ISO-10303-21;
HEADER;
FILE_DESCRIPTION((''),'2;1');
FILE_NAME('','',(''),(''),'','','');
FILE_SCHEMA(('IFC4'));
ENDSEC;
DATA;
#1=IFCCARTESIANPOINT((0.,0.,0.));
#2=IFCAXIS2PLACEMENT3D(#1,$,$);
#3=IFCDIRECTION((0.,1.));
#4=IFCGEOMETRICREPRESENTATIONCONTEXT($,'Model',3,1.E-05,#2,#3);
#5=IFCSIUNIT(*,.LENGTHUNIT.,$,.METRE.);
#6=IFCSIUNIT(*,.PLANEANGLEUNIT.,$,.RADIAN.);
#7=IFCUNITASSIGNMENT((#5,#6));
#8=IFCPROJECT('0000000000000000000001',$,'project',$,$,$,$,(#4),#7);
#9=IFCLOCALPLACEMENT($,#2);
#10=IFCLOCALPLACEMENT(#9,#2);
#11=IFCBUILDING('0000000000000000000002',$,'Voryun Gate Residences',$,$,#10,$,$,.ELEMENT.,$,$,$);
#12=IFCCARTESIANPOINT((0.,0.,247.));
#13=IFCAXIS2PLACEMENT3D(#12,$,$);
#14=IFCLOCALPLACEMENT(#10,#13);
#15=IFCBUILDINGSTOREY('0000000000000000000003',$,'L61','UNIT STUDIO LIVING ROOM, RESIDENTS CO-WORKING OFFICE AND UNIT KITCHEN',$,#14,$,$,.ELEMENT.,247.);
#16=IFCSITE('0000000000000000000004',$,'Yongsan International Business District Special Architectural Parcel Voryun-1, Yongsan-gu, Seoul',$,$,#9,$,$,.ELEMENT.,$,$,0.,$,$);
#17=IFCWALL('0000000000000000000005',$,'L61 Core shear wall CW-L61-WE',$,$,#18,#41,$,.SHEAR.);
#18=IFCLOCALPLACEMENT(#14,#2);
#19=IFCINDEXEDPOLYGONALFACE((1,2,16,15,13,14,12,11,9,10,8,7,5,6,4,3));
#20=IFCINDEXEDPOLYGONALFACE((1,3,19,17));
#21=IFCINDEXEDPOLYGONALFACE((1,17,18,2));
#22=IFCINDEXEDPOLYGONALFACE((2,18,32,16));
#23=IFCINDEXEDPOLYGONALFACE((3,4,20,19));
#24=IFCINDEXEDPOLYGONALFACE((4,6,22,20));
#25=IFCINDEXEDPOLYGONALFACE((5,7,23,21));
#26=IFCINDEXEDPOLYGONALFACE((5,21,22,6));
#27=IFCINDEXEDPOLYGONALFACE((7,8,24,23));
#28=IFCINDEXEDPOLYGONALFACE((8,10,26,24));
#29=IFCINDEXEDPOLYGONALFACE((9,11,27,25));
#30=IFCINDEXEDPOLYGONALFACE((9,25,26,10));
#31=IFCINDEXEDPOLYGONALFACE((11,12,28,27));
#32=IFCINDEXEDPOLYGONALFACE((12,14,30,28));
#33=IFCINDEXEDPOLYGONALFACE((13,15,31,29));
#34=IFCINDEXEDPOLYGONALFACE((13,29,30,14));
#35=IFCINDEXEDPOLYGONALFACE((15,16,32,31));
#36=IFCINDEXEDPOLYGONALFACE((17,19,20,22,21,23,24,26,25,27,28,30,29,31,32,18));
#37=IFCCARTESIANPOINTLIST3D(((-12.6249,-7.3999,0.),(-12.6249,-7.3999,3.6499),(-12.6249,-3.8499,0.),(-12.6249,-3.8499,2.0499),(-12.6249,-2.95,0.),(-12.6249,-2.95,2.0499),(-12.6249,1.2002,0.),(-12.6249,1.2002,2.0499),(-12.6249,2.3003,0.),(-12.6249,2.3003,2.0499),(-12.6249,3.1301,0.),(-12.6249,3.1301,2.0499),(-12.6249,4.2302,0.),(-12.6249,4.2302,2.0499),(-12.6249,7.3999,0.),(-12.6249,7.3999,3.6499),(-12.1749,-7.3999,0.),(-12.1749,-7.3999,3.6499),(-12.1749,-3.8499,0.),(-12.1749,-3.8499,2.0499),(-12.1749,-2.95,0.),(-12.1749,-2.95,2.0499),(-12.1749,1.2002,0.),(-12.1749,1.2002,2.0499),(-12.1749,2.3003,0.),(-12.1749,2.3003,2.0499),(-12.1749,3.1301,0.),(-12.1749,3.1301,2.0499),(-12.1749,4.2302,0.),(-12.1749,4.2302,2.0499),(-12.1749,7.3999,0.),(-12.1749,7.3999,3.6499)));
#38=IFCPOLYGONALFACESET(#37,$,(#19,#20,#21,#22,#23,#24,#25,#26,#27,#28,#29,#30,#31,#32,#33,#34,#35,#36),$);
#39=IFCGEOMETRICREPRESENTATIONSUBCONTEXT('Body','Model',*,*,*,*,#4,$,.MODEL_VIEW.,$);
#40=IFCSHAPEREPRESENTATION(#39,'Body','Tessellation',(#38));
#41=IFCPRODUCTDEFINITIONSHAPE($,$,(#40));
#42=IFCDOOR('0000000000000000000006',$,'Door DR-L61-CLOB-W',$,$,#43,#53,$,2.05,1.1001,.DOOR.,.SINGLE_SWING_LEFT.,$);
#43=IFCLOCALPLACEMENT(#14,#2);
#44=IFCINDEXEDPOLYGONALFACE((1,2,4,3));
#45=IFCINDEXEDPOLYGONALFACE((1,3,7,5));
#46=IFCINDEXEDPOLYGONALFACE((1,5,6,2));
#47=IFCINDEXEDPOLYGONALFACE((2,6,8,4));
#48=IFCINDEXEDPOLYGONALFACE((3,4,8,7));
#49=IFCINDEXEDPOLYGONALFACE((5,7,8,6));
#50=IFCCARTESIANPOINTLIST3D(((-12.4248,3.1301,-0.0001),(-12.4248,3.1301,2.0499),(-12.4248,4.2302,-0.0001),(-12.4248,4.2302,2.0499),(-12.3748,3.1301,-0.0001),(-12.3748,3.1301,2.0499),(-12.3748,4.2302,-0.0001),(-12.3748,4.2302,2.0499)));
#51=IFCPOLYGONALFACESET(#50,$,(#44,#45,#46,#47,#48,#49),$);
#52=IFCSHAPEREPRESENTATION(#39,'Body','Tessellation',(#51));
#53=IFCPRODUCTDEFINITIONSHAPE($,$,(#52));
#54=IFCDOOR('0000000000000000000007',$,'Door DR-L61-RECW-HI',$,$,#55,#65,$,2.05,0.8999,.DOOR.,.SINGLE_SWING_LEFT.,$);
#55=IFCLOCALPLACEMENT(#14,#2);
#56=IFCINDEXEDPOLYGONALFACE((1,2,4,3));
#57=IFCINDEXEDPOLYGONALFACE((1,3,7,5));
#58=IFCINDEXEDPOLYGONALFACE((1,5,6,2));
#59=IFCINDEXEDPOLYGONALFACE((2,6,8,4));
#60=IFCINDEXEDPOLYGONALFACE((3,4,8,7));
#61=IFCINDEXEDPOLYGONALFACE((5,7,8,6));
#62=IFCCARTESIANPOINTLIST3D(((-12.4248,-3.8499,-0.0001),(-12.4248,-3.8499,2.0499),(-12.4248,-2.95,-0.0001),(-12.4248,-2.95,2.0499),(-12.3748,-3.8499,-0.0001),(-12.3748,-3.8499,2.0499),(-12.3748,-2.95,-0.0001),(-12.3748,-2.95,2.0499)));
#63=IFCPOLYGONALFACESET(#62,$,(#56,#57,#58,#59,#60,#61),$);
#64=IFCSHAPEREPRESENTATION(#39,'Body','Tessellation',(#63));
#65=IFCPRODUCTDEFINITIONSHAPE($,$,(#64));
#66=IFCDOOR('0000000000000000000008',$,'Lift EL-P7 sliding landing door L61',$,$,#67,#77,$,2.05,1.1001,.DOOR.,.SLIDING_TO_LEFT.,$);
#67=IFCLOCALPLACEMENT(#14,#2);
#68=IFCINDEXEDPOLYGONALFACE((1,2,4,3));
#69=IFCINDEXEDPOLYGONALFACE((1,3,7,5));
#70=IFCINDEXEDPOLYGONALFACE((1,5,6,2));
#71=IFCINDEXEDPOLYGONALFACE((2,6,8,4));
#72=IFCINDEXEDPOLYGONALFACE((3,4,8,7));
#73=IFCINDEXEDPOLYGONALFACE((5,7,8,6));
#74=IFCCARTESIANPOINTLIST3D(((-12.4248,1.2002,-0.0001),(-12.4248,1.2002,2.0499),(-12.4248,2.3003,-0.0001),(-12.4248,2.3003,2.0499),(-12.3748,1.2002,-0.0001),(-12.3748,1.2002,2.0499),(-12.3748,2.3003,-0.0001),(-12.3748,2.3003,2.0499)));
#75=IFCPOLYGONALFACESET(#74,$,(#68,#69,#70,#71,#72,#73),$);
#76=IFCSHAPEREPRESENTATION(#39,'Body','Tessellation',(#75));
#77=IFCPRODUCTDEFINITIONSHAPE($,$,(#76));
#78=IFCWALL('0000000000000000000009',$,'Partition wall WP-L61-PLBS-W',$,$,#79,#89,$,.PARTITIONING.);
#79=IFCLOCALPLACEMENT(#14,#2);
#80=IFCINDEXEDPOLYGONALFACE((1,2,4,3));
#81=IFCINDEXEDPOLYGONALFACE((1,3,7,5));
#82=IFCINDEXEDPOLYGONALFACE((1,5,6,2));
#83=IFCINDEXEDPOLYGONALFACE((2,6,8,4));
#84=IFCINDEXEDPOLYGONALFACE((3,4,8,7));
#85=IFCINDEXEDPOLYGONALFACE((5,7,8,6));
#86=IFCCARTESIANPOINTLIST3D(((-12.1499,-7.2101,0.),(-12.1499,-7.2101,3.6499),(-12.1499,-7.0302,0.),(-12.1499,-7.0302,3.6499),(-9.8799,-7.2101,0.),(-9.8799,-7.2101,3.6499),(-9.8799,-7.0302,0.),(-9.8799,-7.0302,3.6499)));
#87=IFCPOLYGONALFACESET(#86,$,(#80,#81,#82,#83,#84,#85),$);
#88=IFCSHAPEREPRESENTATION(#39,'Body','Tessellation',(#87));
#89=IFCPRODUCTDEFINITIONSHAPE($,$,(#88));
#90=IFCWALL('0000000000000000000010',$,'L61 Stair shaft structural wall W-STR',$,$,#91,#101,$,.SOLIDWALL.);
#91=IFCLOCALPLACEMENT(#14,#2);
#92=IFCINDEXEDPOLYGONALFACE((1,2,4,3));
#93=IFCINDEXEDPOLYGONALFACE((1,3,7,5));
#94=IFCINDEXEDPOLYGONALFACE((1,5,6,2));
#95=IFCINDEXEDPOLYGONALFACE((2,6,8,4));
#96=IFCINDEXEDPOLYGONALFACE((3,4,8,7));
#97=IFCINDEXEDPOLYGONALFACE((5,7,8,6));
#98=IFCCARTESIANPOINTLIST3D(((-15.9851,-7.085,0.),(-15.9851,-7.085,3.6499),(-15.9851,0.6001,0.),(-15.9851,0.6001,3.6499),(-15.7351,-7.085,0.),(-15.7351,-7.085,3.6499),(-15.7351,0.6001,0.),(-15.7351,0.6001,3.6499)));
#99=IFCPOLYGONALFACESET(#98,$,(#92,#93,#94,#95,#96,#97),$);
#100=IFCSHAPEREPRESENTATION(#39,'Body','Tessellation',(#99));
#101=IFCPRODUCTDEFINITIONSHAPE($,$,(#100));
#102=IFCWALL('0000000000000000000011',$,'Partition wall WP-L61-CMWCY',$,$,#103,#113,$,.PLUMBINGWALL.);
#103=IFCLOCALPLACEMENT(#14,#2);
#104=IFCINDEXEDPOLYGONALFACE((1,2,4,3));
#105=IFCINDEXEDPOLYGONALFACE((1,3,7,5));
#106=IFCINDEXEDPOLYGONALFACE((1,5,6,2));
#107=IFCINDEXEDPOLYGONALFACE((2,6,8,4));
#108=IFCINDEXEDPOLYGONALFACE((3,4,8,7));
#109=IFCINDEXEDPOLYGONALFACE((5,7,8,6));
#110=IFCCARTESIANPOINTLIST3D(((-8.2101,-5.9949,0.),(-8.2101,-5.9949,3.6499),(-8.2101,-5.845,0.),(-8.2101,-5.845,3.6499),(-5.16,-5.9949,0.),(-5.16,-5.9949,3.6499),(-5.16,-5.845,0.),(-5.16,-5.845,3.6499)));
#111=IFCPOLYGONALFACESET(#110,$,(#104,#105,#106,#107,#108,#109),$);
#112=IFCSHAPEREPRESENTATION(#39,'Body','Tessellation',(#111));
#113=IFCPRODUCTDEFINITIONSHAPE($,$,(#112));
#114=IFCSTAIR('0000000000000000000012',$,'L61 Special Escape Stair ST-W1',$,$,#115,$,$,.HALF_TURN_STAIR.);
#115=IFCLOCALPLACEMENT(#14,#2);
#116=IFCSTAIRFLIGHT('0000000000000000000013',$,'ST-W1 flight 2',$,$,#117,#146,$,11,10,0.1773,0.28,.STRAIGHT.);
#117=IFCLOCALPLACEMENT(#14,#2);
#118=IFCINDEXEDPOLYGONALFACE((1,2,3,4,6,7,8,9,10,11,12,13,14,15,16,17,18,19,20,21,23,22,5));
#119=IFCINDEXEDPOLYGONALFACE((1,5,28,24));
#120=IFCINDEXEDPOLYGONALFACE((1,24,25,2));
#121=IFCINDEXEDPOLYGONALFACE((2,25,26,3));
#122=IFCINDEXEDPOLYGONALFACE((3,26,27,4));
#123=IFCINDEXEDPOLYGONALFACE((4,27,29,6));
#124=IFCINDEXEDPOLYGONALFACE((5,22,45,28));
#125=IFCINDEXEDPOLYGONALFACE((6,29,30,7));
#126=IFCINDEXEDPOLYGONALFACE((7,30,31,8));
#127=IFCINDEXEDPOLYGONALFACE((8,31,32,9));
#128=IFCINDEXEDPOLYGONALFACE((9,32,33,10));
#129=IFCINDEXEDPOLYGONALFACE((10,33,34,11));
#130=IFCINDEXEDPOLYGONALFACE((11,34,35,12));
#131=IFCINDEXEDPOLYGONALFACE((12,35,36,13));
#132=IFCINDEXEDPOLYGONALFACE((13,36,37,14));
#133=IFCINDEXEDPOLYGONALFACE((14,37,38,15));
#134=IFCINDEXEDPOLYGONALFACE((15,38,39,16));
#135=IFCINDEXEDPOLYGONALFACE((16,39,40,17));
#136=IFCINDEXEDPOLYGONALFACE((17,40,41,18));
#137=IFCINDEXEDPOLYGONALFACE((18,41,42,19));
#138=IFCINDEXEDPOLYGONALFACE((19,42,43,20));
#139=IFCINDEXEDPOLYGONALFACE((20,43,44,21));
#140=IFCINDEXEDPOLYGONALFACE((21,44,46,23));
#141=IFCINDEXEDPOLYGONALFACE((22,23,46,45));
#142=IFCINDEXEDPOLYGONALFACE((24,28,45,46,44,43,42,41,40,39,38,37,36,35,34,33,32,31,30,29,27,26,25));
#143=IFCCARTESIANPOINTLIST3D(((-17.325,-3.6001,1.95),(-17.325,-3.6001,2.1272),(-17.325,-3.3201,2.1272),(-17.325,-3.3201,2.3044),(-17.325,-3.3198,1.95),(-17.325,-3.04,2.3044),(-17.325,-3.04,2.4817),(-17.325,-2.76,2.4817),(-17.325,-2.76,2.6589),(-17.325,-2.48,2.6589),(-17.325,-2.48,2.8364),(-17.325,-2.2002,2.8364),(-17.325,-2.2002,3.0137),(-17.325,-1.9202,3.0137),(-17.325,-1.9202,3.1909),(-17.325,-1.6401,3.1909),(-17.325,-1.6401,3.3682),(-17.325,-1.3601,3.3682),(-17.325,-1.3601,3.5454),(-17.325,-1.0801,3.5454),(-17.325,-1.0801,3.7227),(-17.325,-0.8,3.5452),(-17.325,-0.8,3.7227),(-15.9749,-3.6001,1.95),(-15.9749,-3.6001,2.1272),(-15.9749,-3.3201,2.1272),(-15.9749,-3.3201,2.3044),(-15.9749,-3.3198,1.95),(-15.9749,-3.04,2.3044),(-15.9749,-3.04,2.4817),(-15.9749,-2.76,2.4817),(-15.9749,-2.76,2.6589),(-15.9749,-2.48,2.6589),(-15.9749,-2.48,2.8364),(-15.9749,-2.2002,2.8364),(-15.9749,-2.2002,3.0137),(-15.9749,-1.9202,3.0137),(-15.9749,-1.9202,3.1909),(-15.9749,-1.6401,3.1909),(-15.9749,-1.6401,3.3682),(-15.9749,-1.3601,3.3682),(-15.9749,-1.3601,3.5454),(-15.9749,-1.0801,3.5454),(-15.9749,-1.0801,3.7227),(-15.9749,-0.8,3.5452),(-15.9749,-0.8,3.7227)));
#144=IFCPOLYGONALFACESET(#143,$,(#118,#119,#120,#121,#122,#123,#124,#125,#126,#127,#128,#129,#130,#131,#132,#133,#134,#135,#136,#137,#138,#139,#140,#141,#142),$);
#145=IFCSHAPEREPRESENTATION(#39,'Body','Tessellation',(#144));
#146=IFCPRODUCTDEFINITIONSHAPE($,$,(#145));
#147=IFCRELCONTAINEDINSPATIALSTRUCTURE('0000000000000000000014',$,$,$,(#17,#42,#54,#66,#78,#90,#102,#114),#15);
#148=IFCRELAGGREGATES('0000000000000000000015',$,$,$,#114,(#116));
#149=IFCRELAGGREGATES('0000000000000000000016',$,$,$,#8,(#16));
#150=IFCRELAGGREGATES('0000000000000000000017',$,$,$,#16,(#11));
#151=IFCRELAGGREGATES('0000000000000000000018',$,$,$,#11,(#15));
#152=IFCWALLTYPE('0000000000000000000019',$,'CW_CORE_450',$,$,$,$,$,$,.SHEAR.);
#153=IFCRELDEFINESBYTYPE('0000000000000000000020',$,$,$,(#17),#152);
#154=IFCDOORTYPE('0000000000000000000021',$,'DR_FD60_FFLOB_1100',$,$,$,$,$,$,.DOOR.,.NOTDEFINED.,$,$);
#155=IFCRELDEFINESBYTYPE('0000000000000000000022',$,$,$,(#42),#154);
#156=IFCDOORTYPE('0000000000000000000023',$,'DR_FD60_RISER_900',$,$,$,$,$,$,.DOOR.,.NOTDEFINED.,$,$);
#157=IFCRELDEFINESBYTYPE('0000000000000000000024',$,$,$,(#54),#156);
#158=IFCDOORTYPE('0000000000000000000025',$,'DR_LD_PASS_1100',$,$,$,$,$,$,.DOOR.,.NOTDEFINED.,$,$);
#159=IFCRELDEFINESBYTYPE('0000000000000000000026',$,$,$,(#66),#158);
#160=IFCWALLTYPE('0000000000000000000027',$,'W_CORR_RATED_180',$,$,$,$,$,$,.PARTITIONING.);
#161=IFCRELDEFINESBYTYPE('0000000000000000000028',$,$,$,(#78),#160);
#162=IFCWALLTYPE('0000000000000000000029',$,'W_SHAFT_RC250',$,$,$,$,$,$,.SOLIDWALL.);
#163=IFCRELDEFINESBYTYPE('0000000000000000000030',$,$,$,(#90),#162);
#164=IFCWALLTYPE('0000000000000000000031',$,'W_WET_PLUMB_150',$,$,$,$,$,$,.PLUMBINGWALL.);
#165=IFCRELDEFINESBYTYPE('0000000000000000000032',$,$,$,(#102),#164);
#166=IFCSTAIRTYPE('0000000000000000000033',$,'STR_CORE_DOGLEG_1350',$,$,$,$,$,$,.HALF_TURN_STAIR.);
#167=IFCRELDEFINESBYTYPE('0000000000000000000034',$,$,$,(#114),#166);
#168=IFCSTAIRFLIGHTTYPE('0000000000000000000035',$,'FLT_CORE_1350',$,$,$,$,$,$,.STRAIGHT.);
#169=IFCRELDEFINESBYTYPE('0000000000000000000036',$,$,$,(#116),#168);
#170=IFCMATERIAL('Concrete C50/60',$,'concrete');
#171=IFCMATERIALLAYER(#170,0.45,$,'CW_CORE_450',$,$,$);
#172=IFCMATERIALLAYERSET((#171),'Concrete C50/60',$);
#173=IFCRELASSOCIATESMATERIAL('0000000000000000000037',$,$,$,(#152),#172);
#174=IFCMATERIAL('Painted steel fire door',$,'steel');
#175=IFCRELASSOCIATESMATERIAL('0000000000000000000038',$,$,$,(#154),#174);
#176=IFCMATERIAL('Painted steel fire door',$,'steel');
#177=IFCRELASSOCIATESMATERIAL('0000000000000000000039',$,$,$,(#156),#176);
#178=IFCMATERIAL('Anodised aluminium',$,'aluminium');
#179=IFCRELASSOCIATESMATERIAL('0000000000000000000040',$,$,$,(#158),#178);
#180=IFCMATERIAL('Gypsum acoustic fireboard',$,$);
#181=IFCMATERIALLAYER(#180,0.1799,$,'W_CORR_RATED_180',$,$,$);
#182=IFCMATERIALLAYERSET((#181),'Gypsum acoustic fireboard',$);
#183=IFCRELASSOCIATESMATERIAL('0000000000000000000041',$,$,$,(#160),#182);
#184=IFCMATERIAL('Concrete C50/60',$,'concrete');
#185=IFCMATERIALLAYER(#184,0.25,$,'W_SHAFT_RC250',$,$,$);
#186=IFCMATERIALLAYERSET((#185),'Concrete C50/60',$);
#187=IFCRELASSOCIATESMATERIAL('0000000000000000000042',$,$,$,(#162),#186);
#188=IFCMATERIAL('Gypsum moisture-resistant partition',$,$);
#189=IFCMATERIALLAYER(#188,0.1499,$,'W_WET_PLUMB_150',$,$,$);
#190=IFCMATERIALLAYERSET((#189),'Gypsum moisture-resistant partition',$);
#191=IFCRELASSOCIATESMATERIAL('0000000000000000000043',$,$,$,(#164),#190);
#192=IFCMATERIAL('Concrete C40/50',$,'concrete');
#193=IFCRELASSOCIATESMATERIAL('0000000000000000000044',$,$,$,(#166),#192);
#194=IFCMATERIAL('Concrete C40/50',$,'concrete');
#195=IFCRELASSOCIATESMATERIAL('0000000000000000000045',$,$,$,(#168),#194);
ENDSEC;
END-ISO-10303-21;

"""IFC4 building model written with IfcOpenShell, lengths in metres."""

from ifc_helpers import new_model, si_unit, direction, frame, frame_2d, origin, place, context, subcontext, project, spatial, polyline, rectangle, outline, extrude, material, layer, layer_set, type_object, element, fill, aggregate, save


model = new_model("IFC4")

# Units and contexts
model_context = context("Model", 3, precision=1e-05, world=origin(), true_north=direction((0.0, 1.0)))
body_context = subcontext(model_context, "Body", "Model", "MODEL_VIEW")
ifc_project = project(units=[si_unit("LENGTHUNIT", "METRE"), si_unit("PLANEANGLEUNIT", "RADIAN")], contexts=[model_context])

# Site, building, storey
site_placement = place(None, origin())
site = spatial("IfcSite", under=ifc_project, at=site_placement, Name="Yongsan International Business District Special Architectural Parcel Voryun-1, Yongsan-gu, Seoul", CompositionType="ELEMENT", RefElevation=0.0)
building_placement = place(site_placement, origin())
building = spatial("IfcBuilding", under=site, at=building_placement, Name="Voryun Gate Residences", CompositionType="ELEMENT")
storey_placement = place(building_placement, frame((0.0, 0.0, 247.0)))
storey = spatial("IfcBuildingStorey", under=building, at=storey_placement, Name="L61", Description="UNIT STUDIO LIVING ROOM, RESIDENTS CO-WORKING OFFICE AND UNIT KITCHEN", CompositionType="ELEMENT", Elevation=247.0)

# Wall, openings, doors
ifc_material_1 = material(Name="Concrete C50/60", Category="concrete")
ifc_layer_1 = layer(ifc_material_1, 0.45, Name="CW_CORE_450")
ifc_layer_set_1 = layer_set([ifc_layer_1], Name="Concrete C50/60")
wall_type_1 = type_object("IfcWallType", Name="CW_CORE_450", PredefinedType="SHEAR", material=ifc_layer_set_1)
wall_1_placement = place(storey_placement, frame((-12.3999, -7.3999, 0.0), z_axis=(0.0, 0.0, 1.0), x_axis=(0.0, 1.0, 0.0)))
wall_1 = element("IfcWall", 1, at=wall_1_placement, inside=storey, type_object=wall_type_1, Name="L61 Core shear wall CW-L61-WE", PredefinedType="SHEAR", context=body_context, shape_type="SweptSolid", body=[
    extrude(rectangle(XDim=14.7998, YDim=0.45, at=frame_2d((7.3999, 0.0))), origin(), (0.0, 0.0, 1.0), 3.6499),
])
opening_1_placement = place(wall_1_placement, frame((8.6001, 0.0, 0.0)))
opening_1 = element("IfcOpeningElement", 2, at=opening_1_placement, cuts=wall_1, PredefinedType="OPENING", context=body_context, shape_type="SweptSolid", body=[
    extrude(rectangle(XDim=1.1001, YDim=2.05, at=frame_2d((0.55, 1.0249))), frame((0.0, 0.2351, 0.0), z_axis=(0.0, -1.0, 0.0), x_axis=(1.0, 0.0, 0.0)), (0.0, 0.0, 1.0), 0.47),
])
opening_2_placement = place(wall_1_placement, frame((10.53, 0.0, 0.0)))
opening_2 = element("IfcOpeningElement", 3, at=opening_2_placement, cuts=wall_1, PredefinedType="OPENING", context=body_context, shape_type="SweptSolid", body=[
    extrude(rectangle(XDim=1.1001, YDim=2.05, at=frame_2d((0.55, 1.0249))), frame((0.0, 0.2351, 0.0), z_axis=(0.0, -1.0, 0.0), x_axis=(1.0, 0.0, 0.0)), (0.0, 0.0, 1.0), 0.47),
])
opening_3_placement = place(wall_1_placement, frame((3.55, 0.0, 0.0)))
opening_3 = element("IfcOpeningElement", 4, at=opening_3_placement, cuts=wall_1, PredefinedType="OPENING", context=body_context, shape_type="SweptSolid", body=[
    extrude(rectangle(XDim=0.8999, YDim=2.05, at=frame_2d((0.45, 1.0249))), frame((0.0, 0.2351, 0.0), z_axis=(0.0, -1.0, 0.0), x_axis=(1.0, 0.0, 0.0)), (0.0, 0.0, 1.0), 0.47),
])
ifc_material_2 = material(Name="Painted steel fire door", Category="steel")
door_type_1 = type_object("IfcDoorType", Name="DR_FD60_FFLOB_1100", OperationType="NOTDEFINED", PredefinedType="DOOR", material=ifc_material_2)
door_1_placement = place(opening_2_placement, origin())
door_1 = element("IfcDoor", 5, at=door_1_placement, inside=storey, type_object=door_type_1, Name="Door DR-L61-CLOB-W", OperationType="SINGLE_SWING_LEFT", OverallHeight=2.05, OverallWidth=1.1001, PredefinedType="DOOR", context=body_context, shape_type="SweptSolid", body=[
    extrude(rectangle(XDim=1.1001, YDim=2.05, at=frame_2d((0.55, 1.0249))), frame((0.0, 0.0249, 0.0), z_axis=(0.0, -1.0, 0.0), x_axis=(1.0, 0.0, 0.0)), (0.0, 0.0, 1.0), 0.05),
])
fill(opening_2, door_1)
ifc_material_3 = material(Name="Painted steel fire door", Category="steel")
door_type_2 = type_object("IfcDoorType", Name="DR_FD60_RISER_900", OperationType="NOTDEFINED", PredefinedType="DOOR", material=ifc_material_3)
door_2_placement = place(opening_3_placement, origin())
door_2 = element("IfcDoor", 6, at=door_2_placement, inside=storey, type_object=door_type_2, Name="Door DR-L61-RECW-HI", OperationType="SINGLE_SWING_LEFT", OverallHeight=2.05, OverallWidth=0.8999, PredefinedType="DOOR", context=body_context, shape_type="SweptSolid", body=[
    extrude(rectangle(XDim=0.8999, YDim=2.05, at=frame_2d((0.45, 1.0249))), frame((0.0, 0.0249, 0.0), z_axis=(0.0, -1.0, 0.0), x_axis=(1.0, 0.0, 0.0)), (0.0, 0.0, 1.0), 0.05),
])
fill(opening_3, door_2)
ifc_material_4 = material(Name="Anodised aluminium", Category="aluminium")
door_type_3 = type_object("IfcDoorType", Name="DR_LD_PASS_1100", OperationType="NOTDEFINED", PredefinedType="DOOR", material=ifc_material_4)
door_3_placement = place(opening_1_placement, origin())
door_3 = element("IfcDoor", 7, at=door_3_placement, inside=storey, type_object=door_type_3, Name="Lift EL-P7 sliding landing door L61", OperationType="SLIDING_TO_LEFT", OverallHeight=2.05, OverallWidth=1.1001, PredefinedType="DOOR", context=body_context, shape_type="SweptSolid", body=[
    extrude(rectangle(XDim=1.1001, YDim=2.05, at=frame_2d((0.55, 1.0249))), frame((0.0, 0.0249, 0.0), z_axis=(0.0, -1.0, 0.0), x_axis=(1.0, 0.0, 0.0)), (0.0, 0.0, 1.0), 0.05),
])
fill(opening_1, door_3)

# Walls
ifc_material_5 = material(Name="Gypsum acoustic fireboard")
ifc_layer_2 = layer(ifc_material_5, 0.1799, Name="W_CORR_RATED_180")
ifc_layer_set_2 = layer_set([ifc_layer_2], Name="Gypsum acoustic fireboard")
wall_type_2 = type_object("IfcWallType", Name="W_CORR_RATED_180", PredefinedType="PARTITIONING", material=ifc_layer_set_2)
wall_2_placement = place(storey_placement, frame((-12.1499, -7.1201, 0.0), z_axis=(0.0, 0.0, 1.0), x_axis=(1.0, 0.0, 0.0)))
element("IfcWall", 8, at=wall_2_placement, inside=storey, type_object=wall_type_2, Name="Partition wall WP-L61-PLBS-W", PredefinedType="PARTITIONING", context=body_context, shape_type="SweptSolid", body=[
    extrude(rectangle(XDim=2.27, YDim=0.1799, at=frame_2d((1.135, 0.0))), origin(), (0.0, 0.0, 1.0), 3.6499),
])
ifc_material_6 = material(Name="Concrete C50/60", Category="concrete")
ifc_layer_3 = layer(ifc_material_6, 0.25, Name="W_SHAFT_RC250")
ifc_layer_set_3 = layer_set([ifc_layer_3], Name="Concrete C50/60")
wall_type_3 = type_object("IfcWallType", Name="W_SHAFT_RC250", PredefinedType="SOLIDWALL", material=ifc_layer_set_3)
wall_3_placement = place(storey_placement, frame((-15.8601, -7.085, 0.0), z_axis=(0.0, 0.0, 1.0), x_axis=(0.0, 1.0, 0.0)))
element("IfcWall", 9, at=wall_3_placement, inside=storey, type_object=wall_type_3, Name="L61 Stair shaft structural wall W-STR", PredefinedType="SOLIDWALL", context=body_context, shape_type="SweptSolid", body=[
    extrude(rectangle(XDim=7.6851, YDim=0.25, at=frame_2d((3.8425, 0.0))), origin(), (0.0, 0.0, 1.0), 3.6499),
])
ifc_material_7 = material(Name="Gypsum moisture-resistant partition")
ifc_layer_4 = layer(ifc_material_7, 0.1499, Name="W_WET_PLUMB_150")
ifc_layer_set_4 = layer_set([ifc_layer_4], Name="Gypsum moisture-resistant partition")
wall_type_4 = type_object("IfcWallType", Name="W_WET_PLUMB_150", PredefinedType="PLUMBINGWALL", material=ifc_layer_set_4)
wall_4_placement = place(storey_placement, frame((-8.21, -5.9199, 0.0), z_axis=(0.0, 0.0, 1.0), x_axis=(1.0, 0.0, 0.0)))
element("IfcWall", 10, at=wall_4_placement, inside=storey, type_object=wall_type_4, Name="Partition wall WP-L61-CMWCY", PredefinedType="PLUMBINGWALL", context=body_context, shape_type="SweptSolid", body=[
    extrude(rectangle(XDim=3.05, YDim=0.1499, at=frame_2d((1.5249, 0.0))), origin(), (0.0, 0.0, 1.0), 3.6499),
])

# Stair, stair flight
ifc_material_8 = material(Name="Concrete C40/50", Category="concrete")
stair_type = type_object("IfcStairType", Name="STR_CORE_DOGLEG_1350", PredefinedType="HALF_TURN_STAIR", material=ifc_material_8)
stair_placement = place(storey_placement, origin())
stair = element("IfcStair", 11, at=stair_placement, inside=storey, type_object=stair_type, Name="L61 Special Escape Stair ST-W1", PredefinedType="HALF_TURN_STAIR")
ifc_material_9 = material(Name="Concrete C40/50", Category="concrete")
stair_flight_type = type_object("IfcStairFlightType", Name="FLT_CORE_1350", PredefinedType="STRAIGHT", material=ifc_material_9)
stair_flight_placement = place(storey_placement, frame((-16.6499, -3.6001, 1.95), z_axis=(0.0, 0.0, 1.0), x_axis=(0.0, 1.0, 0.0)))
stair_flight = element("IfcStairFlight", 12, at=stair_flight_placement, type_object=stair_flight_type, Name="ST-W1 flight 2", NumberOfRisers=11, NumberOfTreads=10, PredefinedType="STRAIGHT", RiserHeight=0.1773, TreadLength=0.28, context=body_context, shape_type="SweptSolid", body=[
    extrude(outline(polyline([(0.0, 0.0), (0.0, 0.1772), (0.28, 0.1772), (0.28, 0.3545), (0.5601, 0.3545), (0.5601, 0.5317), (0.8401, 0.5317), (0.8401, 0.709), (1.1201, 0.709), (1.1201, 0.8865), (1.3999, 0.8865), (1.3999, 1.0637), (1.6799, 1.0637), (1.6799, 1.241), (1.96, 1.241), (1.96, 1.4182), (2.24, 1.4182), (2.24, 1.5955), (2.52, 1.5955), (2.52, 1.7727), (2.8, 1.7727), (2.8, 1.95), (2.8, 1.5952), (0.2803, 0.0), (0.0, 0.0)])), frame((0.0, 0.675, 0.0), z_axis=(0.0, -1.0, 0.0), x_axis=(1.0, 0.0, 0.0)), (0.0, 0.0, 1.0), 1.3501),
])
aggregate(stair, [stair_flight])

save(model, "model.ifc")
